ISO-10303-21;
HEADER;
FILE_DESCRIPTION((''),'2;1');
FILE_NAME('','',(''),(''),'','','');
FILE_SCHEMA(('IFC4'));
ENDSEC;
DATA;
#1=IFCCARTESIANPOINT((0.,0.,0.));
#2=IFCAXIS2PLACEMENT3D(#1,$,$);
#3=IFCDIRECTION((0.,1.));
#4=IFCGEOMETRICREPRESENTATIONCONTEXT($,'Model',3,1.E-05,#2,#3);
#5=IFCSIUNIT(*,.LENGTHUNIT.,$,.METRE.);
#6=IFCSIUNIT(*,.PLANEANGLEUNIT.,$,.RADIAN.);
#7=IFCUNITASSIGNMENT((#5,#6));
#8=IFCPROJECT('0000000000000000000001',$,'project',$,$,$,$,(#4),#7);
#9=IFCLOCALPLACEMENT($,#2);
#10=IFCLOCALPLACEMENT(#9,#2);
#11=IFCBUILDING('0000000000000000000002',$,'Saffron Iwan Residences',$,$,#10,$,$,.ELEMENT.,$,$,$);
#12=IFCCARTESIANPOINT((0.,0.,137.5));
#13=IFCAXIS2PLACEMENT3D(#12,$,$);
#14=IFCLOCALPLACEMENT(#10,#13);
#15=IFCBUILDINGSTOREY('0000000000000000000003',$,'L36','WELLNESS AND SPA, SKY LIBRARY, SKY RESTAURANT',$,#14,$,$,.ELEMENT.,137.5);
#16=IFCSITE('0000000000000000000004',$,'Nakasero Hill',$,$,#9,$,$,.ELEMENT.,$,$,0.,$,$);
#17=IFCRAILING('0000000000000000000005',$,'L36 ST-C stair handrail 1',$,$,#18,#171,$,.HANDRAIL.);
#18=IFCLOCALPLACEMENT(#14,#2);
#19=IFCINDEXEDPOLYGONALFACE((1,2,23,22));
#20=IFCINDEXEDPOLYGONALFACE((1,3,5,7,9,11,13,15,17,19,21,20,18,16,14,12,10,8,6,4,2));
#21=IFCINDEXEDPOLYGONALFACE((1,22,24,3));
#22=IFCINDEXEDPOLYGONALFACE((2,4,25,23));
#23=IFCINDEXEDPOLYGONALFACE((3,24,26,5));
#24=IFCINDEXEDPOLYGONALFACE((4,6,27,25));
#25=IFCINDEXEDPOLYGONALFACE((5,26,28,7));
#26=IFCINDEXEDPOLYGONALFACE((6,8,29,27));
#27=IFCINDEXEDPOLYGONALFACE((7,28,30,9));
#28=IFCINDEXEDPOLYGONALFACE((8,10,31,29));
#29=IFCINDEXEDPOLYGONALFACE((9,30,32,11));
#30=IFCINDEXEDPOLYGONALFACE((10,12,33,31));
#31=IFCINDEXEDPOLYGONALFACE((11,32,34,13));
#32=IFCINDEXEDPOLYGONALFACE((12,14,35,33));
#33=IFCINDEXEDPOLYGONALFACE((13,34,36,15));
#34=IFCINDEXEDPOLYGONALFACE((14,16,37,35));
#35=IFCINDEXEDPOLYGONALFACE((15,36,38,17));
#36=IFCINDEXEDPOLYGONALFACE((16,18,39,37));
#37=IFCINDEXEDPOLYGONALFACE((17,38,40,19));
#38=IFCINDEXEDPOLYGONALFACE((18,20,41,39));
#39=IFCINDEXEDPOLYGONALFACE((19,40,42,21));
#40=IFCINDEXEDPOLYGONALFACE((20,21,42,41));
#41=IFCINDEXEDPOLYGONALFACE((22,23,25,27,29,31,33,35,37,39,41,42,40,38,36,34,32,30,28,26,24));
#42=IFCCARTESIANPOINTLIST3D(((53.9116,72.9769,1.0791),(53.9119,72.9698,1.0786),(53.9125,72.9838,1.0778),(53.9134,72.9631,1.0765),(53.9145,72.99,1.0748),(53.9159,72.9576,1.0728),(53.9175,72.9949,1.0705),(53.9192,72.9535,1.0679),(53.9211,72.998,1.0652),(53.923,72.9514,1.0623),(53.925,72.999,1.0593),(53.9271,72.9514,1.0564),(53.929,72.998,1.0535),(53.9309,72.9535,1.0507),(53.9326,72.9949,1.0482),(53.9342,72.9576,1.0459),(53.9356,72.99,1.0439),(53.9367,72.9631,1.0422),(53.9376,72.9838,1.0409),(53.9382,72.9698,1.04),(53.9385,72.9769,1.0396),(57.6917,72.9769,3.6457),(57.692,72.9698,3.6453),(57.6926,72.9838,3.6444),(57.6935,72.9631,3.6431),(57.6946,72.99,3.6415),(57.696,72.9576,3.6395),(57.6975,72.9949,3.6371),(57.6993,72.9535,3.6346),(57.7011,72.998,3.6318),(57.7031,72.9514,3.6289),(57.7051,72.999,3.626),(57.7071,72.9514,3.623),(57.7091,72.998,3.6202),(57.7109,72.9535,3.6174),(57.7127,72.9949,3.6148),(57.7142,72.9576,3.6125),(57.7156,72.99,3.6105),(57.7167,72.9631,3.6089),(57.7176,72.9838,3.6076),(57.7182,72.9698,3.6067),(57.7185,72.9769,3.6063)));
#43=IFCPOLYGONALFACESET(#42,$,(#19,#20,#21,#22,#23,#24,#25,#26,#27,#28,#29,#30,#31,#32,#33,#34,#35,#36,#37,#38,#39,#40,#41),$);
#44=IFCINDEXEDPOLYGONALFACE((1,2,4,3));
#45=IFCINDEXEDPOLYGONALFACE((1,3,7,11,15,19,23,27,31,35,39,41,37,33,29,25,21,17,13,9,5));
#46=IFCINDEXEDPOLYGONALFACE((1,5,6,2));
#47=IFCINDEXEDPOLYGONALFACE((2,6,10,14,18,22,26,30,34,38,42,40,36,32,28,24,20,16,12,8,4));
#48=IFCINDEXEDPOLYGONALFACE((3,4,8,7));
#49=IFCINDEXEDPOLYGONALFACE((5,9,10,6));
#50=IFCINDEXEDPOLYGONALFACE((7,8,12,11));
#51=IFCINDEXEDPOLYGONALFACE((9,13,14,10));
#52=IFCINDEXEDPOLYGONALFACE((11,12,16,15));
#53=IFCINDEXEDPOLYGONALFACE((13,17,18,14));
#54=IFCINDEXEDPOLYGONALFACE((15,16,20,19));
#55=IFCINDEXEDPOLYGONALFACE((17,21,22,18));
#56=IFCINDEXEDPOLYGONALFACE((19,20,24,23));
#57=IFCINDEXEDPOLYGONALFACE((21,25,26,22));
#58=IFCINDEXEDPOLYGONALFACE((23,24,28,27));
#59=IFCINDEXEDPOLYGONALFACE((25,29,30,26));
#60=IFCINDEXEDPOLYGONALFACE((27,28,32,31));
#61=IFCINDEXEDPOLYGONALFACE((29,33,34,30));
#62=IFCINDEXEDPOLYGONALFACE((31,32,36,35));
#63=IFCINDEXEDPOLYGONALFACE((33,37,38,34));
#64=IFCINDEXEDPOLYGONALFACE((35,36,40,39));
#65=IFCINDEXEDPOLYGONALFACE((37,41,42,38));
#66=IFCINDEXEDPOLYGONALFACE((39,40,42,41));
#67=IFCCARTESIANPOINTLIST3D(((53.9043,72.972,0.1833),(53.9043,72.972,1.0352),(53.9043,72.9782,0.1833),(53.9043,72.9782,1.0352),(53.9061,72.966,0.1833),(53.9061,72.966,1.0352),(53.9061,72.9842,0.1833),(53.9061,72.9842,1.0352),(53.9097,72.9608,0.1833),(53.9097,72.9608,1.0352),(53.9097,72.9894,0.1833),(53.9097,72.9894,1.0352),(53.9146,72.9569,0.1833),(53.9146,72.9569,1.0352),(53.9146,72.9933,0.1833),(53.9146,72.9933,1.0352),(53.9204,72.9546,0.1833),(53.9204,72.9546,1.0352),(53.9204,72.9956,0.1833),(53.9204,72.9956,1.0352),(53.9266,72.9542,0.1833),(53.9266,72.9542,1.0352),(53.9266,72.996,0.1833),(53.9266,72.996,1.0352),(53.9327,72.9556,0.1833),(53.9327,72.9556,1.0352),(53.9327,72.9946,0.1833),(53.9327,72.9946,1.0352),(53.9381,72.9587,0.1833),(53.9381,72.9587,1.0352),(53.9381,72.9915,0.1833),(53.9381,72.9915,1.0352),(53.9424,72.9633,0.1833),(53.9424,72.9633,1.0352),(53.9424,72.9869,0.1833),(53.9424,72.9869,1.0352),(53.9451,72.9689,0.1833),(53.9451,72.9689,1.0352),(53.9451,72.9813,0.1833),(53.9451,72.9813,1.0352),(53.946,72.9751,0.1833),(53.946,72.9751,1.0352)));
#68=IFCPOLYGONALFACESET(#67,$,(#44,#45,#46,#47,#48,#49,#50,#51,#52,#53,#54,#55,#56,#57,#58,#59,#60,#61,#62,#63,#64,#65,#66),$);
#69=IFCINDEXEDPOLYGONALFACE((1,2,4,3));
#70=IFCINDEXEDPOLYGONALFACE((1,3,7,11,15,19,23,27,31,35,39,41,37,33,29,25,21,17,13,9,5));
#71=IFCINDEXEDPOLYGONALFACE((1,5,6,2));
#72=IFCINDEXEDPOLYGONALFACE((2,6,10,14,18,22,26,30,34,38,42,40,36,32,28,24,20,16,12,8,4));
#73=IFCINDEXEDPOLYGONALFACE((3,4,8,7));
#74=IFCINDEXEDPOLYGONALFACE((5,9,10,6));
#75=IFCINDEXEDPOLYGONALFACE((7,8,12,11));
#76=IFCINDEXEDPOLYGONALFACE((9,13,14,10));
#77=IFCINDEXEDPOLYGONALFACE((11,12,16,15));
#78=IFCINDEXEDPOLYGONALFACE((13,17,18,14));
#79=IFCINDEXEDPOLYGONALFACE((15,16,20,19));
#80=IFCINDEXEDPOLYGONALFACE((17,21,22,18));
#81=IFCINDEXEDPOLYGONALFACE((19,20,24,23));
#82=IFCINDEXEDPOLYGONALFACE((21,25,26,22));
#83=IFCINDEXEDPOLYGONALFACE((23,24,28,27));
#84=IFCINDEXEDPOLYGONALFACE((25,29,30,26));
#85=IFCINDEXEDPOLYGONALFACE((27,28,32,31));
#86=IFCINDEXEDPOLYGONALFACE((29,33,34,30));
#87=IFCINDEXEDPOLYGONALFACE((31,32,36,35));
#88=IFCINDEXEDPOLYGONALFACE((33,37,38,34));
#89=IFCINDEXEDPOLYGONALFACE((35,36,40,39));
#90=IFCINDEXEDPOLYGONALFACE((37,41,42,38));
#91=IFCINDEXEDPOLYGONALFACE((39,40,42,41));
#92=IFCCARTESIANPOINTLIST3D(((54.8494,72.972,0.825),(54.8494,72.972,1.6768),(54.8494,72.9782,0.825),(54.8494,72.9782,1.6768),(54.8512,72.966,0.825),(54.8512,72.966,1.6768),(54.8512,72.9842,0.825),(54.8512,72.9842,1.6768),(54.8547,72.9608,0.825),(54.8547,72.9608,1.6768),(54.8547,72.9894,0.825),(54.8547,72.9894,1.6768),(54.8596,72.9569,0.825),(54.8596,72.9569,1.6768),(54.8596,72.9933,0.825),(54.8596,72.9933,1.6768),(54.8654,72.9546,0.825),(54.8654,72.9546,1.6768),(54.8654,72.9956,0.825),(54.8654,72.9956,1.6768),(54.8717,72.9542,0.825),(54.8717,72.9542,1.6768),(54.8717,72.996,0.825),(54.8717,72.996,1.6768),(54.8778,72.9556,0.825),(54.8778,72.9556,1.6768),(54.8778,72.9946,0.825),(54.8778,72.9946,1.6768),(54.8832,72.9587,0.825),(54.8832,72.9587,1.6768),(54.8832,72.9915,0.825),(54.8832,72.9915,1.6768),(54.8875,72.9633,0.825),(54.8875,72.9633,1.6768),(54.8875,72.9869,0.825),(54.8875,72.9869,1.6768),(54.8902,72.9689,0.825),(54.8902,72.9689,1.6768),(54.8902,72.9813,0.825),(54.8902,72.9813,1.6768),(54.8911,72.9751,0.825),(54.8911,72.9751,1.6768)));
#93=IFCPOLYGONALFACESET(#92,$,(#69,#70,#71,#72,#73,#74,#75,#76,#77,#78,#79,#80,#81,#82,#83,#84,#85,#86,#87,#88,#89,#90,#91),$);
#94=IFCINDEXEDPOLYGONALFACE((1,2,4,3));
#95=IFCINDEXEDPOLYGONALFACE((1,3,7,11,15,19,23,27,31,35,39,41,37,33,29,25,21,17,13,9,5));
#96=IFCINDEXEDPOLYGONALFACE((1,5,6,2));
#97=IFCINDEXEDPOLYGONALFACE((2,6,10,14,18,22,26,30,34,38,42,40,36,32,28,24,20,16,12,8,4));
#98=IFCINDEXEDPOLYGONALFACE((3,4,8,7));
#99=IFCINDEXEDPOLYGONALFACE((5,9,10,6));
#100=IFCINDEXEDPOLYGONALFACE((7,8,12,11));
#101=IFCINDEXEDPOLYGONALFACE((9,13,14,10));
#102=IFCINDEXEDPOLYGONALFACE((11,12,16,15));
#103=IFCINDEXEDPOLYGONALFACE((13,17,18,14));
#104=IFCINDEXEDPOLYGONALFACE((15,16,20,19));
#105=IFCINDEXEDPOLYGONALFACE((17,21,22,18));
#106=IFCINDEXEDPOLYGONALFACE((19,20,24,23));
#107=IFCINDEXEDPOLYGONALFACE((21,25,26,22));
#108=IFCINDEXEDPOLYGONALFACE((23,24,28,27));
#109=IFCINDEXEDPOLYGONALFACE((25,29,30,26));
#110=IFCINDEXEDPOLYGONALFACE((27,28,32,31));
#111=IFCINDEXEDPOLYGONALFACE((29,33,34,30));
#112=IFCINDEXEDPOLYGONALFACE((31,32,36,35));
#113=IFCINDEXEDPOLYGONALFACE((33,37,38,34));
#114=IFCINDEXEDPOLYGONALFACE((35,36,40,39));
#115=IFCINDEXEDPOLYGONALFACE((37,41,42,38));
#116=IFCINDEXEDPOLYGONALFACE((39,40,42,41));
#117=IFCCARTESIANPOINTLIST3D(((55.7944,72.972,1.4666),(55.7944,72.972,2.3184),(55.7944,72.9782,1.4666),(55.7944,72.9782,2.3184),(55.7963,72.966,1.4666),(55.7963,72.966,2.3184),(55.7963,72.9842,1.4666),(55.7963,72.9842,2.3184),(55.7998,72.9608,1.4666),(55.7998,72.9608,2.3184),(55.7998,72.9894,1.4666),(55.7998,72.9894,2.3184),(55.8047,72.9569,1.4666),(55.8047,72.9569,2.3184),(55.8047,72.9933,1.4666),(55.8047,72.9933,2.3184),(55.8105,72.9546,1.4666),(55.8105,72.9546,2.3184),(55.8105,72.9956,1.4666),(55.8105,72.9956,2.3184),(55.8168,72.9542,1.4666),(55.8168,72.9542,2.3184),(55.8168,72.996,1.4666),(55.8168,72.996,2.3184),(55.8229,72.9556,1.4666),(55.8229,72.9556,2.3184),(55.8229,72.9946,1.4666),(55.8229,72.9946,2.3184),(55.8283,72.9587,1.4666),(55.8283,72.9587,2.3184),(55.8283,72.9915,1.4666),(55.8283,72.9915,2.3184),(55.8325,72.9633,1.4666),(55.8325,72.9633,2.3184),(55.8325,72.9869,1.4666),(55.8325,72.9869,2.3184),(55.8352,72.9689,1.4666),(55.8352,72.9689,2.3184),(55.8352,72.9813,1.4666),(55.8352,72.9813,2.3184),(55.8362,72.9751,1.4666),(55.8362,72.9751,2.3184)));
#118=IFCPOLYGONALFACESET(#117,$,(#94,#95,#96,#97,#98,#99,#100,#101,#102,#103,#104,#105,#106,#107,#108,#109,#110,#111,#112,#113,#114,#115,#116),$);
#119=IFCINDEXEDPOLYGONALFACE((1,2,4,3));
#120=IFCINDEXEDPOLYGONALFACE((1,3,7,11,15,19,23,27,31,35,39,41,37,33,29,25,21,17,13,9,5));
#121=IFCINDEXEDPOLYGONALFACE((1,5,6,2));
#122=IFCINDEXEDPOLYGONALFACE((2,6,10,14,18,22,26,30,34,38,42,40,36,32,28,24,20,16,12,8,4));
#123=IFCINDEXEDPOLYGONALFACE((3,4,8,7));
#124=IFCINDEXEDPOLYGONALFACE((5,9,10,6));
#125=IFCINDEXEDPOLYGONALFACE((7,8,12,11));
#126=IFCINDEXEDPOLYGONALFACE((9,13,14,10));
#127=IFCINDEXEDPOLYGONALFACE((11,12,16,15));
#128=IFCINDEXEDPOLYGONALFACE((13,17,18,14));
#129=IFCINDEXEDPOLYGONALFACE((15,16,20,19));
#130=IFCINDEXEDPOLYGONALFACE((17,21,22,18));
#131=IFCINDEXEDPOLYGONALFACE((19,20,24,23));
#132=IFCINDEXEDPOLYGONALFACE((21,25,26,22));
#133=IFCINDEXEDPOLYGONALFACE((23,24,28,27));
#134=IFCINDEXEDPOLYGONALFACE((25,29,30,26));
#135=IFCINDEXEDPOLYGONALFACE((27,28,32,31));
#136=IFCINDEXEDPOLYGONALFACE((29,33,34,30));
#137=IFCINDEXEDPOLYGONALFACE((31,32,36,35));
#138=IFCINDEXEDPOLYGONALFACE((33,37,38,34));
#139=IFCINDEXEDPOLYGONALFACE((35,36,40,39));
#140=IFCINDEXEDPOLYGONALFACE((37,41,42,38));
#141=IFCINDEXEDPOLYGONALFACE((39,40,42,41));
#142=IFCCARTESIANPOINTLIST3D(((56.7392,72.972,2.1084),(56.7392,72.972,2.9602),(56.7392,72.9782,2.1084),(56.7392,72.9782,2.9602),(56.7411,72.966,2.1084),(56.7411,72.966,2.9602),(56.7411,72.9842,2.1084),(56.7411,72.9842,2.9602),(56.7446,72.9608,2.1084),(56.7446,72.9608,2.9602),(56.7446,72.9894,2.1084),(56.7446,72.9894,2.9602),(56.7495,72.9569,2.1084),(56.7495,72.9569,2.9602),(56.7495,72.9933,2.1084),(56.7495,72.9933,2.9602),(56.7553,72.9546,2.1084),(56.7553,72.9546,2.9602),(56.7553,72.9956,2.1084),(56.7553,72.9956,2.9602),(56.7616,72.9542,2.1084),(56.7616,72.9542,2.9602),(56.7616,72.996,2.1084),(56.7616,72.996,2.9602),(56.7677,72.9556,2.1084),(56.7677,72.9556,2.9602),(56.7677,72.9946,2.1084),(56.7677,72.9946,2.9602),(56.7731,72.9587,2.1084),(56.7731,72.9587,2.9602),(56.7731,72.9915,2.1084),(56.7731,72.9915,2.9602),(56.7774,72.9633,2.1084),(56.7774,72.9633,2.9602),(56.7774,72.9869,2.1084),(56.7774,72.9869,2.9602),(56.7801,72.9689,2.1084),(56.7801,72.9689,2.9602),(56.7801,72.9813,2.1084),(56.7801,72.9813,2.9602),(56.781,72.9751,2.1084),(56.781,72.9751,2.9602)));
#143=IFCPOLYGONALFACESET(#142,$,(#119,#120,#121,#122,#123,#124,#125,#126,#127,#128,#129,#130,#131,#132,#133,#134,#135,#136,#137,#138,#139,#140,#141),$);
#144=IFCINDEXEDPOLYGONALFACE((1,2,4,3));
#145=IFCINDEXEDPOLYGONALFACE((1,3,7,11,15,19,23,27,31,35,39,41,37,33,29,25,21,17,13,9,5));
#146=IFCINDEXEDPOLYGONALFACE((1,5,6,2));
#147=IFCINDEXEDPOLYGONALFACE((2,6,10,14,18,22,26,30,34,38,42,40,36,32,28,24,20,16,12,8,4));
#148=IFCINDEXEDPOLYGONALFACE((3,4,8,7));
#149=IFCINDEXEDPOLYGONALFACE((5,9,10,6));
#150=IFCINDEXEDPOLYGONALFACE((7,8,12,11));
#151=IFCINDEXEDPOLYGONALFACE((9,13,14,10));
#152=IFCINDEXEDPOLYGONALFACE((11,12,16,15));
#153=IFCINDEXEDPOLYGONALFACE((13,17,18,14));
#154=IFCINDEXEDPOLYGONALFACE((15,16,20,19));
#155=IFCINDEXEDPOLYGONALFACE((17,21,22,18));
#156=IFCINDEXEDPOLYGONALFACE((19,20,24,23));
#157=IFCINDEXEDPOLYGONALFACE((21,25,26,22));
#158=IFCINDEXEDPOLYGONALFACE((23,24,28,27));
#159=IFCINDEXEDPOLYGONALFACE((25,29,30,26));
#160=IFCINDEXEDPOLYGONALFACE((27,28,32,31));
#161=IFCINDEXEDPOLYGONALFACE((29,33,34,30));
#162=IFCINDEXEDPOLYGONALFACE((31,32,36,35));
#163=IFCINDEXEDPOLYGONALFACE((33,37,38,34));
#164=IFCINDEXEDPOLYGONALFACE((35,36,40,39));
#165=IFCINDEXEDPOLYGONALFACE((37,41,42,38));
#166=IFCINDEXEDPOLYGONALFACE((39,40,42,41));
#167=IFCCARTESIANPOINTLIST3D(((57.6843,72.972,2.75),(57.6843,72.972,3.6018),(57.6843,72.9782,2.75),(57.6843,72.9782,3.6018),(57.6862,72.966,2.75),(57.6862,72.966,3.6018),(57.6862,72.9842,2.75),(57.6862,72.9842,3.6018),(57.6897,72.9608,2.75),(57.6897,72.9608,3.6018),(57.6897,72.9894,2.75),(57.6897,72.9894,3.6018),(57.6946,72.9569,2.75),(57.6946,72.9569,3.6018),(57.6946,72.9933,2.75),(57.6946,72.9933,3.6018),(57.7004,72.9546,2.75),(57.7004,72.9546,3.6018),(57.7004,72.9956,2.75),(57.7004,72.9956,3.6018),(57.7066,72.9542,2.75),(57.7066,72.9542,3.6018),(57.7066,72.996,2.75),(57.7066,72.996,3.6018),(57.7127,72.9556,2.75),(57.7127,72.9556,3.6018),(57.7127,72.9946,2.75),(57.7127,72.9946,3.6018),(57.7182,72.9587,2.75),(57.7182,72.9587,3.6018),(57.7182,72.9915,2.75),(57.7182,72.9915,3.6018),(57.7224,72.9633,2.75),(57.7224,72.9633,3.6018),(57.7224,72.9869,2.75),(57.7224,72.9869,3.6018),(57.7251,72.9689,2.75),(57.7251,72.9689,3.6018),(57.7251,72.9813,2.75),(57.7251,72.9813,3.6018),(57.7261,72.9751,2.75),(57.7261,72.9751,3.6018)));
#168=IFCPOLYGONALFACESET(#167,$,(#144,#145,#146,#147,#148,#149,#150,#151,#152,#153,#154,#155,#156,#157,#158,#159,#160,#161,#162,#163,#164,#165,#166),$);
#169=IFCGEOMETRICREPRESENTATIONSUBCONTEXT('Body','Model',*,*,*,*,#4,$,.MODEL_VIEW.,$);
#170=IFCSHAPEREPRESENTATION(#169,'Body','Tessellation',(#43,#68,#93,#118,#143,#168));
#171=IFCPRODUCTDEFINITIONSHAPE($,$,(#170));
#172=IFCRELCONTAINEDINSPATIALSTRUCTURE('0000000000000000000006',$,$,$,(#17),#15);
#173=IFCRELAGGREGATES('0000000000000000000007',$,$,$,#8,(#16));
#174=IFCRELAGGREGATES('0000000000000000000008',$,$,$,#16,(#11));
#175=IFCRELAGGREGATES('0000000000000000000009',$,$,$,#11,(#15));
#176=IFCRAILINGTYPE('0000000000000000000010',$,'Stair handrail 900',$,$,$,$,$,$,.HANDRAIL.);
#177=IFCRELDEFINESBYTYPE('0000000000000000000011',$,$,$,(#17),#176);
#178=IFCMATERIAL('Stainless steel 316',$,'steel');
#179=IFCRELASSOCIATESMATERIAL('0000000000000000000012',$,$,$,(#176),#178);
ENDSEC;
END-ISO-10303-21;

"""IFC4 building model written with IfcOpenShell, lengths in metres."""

from ifc_helpers import new_model, si_unit, direction, frame, origin, origin_2d, place, context, subcontext, project, spatial, circle, extrude, material, type_object, element, save


model = new_model("IFC4")

# Units and contexts
model_context = context("Model", 3, precision=1e-05, world=origin(), true_north=direction((0.0, 1.0)))
body_context = subcontext(model_context, "Body", "Model", "MODEL_VIEW")
ifc_project = project(units=[si_unit("LENGTHUNIT", "METRE"), si_unit("PLANEANGLEUNIT", "RADIAN")], contexts=[model_context])

# Site, building, storey
site_placement = place(None, origin())
site = spatial("IfcSite", under=ifc_project, at=site_placement, Name="Nakasero Hill", CompositionType="ELEMENT", RefElevation=0.0)
building_placement = place(site_placement, origin())
building = spatial("IfcBuilding", under=site, at=building_placement, Name="Saffron Iwan Residences", CompositionType="ELEMENT")
storey_placement = place(building_placement, frame((0.0, 0.0, 137.5)))
storey = spatial("IfcBuildingStorey", under=building, at=storey_placement, Name="L36", Description="WELLNESS AND SPA, SKY LIBRARY, SKY RESTAURANT", CompositionType="ELEMENT", Elevation=137.5)

# Railing
ifc_material_1 = material(Name="Stainless steel 316", Category="steel")
railing_type_1 = type_object("IfcRailingType", Name="Stair handrail 900", PredefinedType="HANDRAIL", material=ifc_material_1)
railing_1_placement = place(storey_placement, frame((53.925, 72.9751, 0.1833)))
element("IfcRailing", 1, at=railing_1_placement, inside=storey, type_object=railing_type_1, Name="L36 ST-C stair handrail 1", PredefinedType="HANDRAIL", context=body_context, shape_type="SweptSolid", body=[
    extrude(circle(Radius=0.0239, at=origin_2d()), frame((0.0, 0.0, 0.876), z_axis=(0.82731, 0.0, 0.561746), x_axis=(0.0, 1.0, 0.0)), (0.0, 0.0, 1.0), 4.5691),
    extrude(circle(Radius=0.021, at=origin_2d()), origin(), (0.0, 0.0, 1.0), 0.8518),
    extrude(circle(Radius=0.021, at=origin_2d()), frame((0.9451, 0.0, 0.6416)), (0.0, 0.0, 1.0), 0.8518),
    extrude(circle(Radius=0.021, at=origin_2d()), frame((1.8901, 0.0, 1.2832)), (0.0, 0.0, 1.0), 0.8518),
    extrude(circle(Radius=0.021, at=origin_2d()), frame((2.835, 0.0, 1.925)), (0.0, 0.0, 1.0), 0.8518),
    extrude(circle(Radius=0.021, at=origin_2d()), frame((3.78, 0.0, 2.5667)), (0.0, 0.0, 1.0), 0.8518),
])

save(model, "model.ifc")
